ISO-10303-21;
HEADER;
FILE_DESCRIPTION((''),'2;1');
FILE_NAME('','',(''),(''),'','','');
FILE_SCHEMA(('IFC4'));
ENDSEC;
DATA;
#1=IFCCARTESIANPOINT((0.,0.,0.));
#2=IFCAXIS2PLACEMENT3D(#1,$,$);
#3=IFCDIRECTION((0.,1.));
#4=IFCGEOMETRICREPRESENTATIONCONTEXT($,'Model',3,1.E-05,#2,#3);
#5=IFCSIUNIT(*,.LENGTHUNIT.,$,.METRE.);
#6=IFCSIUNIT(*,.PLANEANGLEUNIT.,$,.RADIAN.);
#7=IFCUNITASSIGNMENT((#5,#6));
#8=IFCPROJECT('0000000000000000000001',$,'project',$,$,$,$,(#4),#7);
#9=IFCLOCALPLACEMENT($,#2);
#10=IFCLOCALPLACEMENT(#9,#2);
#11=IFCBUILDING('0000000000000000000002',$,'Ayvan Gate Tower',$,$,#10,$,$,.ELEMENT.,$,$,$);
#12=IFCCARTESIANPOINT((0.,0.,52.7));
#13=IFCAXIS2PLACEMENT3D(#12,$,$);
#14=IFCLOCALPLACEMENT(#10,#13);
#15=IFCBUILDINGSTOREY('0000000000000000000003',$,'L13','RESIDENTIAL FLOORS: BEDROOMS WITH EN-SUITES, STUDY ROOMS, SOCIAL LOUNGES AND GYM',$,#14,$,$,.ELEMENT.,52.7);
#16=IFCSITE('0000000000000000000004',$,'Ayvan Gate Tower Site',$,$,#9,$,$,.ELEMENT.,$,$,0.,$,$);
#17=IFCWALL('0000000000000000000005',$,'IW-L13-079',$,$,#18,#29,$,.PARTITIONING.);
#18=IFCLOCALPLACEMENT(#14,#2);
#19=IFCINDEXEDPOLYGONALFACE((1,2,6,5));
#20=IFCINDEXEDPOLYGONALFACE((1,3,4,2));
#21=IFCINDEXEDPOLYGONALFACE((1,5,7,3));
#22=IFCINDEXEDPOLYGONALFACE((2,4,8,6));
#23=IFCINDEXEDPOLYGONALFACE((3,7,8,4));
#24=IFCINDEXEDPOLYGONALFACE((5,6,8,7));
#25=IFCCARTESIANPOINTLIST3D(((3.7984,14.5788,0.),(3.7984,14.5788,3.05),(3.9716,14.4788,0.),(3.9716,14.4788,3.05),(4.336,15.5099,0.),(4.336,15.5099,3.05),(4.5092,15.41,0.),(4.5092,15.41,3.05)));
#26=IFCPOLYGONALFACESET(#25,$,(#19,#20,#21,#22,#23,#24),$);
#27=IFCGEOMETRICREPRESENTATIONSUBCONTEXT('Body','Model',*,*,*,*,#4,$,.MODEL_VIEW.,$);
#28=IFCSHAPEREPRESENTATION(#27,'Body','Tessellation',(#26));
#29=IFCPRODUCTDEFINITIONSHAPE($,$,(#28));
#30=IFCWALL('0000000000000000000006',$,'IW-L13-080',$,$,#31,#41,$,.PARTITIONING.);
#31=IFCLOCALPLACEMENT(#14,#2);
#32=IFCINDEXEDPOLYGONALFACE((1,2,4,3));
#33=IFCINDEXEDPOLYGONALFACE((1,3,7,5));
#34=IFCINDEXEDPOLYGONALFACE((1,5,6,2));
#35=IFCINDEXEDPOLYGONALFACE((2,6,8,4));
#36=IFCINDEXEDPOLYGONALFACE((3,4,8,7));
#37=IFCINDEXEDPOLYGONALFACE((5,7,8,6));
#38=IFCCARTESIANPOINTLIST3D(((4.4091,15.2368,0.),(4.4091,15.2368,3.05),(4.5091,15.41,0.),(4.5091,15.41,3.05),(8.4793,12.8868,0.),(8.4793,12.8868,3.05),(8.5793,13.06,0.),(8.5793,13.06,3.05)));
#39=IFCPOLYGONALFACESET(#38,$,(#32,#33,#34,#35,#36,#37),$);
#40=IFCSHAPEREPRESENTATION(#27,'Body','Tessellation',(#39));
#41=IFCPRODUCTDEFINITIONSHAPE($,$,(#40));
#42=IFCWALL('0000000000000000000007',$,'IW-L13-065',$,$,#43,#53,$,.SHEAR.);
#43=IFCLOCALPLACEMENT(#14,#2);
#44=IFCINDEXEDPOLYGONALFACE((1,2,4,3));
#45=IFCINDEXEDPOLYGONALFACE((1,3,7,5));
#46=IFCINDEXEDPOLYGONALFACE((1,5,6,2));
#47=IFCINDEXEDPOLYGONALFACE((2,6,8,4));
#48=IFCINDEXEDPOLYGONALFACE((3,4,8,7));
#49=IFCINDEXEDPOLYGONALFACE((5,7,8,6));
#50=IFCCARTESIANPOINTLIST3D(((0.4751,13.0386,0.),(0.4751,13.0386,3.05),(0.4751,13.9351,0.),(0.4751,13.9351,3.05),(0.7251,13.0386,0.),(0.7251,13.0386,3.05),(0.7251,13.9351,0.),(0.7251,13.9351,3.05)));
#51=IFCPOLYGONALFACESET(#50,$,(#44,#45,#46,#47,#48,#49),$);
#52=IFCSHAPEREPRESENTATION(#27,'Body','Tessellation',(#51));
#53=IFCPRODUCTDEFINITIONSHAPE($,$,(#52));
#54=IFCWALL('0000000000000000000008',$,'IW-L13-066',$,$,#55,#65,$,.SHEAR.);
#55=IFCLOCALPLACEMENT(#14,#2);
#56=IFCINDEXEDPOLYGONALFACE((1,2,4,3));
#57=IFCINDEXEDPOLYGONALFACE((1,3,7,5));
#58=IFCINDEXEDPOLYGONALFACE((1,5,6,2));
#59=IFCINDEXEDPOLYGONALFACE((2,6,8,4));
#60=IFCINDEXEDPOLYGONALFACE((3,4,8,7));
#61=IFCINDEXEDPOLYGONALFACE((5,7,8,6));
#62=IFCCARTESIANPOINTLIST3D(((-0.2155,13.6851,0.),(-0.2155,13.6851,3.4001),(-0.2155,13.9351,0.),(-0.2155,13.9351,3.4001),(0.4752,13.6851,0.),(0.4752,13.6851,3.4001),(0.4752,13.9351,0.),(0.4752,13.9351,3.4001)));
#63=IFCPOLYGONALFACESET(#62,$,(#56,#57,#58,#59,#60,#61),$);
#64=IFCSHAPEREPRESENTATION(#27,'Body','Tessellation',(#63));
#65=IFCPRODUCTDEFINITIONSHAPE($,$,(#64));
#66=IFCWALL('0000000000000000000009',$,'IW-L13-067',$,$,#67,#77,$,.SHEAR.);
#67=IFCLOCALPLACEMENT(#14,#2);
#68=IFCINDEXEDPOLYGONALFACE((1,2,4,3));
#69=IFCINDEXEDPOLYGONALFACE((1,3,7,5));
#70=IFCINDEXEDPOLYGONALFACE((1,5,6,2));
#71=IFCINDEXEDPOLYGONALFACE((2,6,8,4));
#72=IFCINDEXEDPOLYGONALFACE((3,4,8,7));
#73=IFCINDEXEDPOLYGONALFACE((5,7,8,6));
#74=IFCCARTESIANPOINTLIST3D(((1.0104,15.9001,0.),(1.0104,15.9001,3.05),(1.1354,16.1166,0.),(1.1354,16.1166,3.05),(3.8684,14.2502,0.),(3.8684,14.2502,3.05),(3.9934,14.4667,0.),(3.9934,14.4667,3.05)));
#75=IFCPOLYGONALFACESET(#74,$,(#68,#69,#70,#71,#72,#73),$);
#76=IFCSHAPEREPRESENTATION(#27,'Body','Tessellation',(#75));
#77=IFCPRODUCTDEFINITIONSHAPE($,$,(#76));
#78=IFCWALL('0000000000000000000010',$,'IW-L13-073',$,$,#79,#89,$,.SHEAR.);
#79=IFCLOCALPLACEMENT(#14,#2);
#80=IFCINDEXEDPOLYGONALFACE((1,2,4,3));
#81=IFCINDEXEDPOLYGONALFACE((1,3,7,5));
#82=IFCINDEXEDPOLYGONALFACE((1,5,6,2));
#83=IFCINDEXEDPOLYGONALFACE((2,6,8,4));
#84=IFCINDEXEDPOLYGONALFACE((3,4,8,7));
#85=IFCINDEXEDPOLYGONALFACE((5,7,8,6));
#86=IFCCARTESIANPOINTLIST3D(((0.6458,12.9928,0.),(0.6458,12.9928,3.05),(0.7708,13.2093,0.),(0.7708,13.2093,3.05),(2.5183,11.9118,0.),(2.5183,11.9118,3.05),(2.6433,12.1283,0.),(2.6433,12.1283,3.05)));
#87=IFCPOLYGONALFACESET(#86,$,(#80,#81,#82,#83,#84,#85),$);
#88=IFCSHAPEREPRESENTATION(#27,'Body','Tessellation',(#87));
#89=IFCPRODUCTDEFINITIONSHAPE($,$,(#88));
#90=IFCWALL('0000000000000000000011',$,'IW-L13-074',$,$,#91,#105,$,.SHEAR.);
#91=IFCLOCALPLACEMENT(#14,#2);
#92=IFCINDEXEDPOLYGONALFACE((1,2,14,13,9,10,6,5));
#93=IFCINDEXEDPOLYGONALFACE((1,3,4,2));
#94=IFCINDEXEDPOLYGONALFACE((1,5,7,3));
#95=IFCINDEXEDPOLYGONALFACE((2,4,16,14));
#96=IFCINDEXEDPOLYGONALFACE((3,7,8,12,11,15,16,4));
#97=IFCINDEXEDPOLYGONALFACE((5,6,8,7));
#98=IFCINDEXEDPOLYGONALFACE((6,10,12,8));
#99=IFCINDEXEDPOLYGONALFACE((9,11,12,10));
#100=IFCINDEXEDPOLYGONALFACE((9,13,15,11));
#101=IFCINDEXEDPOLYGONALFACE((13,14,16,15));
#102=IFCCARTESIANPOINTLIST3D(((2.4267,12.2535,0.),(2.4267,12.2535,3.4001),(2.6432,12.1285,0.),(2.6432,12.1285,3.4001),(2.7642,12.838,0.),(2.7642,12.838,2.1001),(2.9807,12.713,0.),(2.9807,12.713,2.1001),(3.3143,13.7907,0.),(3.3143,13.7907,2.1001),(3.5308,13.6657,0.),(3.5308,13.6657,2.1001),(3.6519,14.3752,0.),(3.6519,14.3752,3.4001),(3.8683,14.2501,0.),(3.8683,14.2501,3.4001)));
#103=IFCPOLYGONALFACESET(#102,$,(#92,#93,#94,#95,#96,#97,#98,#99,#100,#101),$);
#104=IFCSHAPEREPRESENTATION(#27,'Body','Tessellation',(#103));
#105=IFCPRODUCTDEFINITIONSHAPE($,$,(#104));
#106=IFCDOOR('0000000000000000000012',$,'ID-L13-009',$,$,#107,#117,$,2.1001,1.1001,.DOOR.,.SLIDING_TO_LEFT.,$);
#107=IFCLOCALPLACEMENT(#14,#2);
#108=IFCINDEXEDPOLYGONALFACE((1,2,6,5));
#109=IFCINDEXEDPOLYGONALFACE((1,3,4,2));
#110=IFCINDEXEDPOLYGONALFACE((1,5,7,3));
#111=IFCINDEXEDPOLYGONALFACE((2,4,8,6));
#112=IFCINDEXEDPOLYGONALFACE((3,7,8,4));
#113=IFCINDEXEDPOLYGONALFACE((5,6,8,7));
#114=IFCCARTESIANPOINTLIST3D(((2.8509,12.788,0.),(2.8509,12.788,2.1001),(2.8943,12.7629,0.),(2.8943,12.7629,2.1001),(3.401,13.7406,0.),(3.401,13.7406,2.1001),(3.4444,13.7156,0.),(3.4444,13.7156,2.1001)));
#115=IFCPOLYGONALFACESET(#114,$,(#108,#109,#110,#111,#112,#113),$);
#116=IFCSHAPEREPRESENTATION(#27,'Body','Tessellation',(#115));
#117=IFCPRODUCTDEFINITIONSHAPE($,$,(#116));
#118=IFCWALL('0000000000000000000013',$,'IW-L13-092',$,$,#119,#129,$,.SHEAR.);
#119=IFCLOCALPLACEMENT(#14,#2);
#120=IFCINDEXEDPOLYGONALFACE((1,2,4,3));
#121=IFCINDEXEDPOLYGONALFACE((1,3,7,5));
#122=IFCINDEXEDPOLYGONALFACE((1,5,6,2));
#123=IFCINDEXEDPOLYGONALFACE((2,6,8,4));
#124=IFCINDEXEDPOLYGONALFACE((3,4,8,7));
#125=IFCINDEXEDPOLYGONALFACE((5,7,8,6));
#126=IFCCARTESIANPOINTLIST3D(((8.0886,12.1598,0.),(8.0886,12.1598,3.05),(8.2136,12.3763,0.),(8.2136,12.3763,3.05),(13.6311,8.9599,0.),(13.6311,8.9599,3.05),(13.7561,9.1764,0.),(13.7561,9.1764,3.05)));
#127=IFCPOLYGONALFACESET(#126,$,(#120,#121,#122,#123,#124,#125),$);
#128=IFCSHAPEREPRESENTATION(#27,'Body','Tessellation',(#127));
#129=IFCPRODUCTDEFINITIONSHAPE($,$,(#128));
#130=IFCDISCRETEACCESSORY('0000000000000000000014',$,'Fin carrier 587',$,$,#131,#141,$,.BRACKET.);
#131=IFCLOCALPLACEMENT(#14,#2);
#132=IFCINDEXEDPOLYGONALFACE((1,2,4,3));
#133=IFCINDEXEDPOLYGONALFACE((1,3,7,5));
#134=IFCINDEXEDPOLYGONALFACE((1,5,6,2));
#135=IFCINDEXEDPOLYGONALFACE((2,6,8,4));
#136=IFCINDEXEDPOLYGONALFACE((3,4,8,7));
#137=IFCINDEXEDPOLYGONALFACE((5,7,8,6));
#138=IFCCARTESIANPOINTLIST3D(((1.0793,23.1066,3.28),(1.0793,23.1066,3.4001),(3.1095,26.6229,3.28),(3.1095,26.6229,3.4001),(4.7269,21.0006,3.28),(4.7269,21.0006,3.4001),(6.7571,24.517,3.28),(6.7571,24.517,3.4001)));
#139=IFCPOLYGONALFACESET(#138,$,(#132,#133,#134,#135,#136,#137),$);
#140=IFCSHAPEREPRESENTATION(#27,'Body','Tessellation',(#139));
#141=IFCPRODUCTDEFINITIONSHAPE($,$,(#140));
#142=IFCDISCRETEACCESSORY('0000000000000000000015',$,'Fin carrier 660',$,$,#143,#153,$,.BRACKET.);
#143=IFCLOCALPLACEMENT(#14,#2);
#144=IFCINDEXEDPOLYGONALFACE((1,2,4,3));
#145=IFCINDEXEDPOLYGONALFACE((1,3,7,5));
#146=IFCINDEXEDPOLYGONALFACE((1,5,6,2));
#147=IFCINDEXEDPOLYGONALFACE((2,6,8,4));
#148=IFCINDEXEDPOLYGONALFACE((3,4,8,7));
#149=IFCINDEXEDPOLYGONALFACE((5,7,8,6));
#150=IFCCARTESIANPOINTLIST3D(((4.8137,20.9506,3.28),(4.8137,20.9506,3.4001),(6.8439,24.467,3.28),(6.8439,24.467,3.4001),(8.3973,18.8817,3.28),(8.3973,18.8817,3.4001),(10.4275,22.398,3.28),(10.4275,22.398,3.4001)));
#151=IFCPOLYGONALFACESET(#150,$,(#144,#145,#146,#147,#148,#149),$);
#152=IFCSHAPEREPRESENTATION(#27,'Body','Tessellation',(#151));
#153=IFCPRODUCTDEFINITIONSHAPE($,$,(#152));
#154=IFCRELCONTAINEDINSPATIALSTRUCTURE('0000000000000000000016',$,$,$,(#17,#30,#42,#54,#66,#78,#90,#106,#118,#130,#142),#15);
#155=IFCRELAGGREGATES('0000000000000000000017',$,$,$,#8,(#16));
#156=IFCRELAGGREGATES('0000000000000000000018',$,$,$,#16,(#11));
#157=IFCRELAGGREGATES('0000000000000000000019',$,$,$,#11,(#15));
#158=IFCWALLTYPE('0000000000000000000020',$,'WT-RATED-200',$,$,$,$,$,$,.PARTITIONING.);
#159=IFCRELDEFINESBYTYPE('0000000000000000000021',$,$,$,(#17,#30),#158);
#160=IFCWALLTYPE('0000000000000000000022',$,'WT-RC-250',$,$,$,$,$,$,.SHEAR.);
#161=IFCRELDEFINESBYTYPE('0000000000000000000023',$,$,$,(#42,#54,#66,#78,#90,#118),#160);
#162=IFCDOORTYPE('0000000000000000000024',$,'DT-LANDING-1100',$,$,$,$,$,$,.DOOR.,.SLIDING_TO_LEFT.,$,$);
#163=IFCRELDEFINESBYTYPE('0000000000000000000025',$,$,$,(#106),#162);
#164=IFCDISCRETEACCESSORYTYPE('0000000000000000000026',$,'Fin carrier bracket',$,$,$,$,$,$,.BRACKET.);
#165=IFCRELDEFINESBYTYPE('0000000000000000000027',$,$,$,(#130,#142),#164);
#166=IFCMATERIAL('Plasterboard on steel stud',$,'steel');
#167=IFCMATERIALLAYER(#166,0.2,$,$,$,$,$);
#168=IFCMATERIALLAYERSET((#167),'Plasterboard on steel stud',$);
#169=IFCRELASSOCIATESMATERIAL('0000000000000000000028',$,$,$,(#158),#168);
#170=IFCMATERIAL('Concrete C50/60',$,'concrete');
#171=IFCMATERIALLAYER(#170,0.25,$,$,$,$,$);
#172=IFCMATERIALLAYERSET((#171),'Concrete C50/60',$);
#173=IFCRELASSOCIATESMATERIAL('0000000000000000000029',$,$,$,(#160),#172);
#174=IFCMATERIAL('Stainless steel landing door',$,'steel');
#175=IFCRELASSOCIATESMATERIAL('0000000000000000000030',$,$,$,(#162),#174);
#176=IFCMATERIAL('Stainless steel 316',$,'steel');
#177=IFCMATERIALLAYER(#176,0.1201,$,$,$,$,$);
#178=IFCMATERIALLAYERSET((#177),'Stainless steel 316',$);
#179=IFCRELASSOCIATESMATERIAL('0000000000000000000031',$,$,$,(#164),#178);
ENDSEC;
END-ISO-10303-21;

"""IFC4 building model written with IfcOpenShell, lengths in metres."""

from ifc_helpers import new_model, si_unit, direction, frame, frame_2d, origin, origin_2d, place, context, subcontext, project, spatial, rectangle, extrude, material, layer, layer_set, type_object, element, fill, save


model = new_model("IFC4")

# Units and contexts
model_context = context("Model", 3, precision=1e-05, world=origin(), true_north=direction((0.0, 1.0)))
body_context = subcontext(model_context, "Body", "Model", "MODEL_VIEW")
ifc_project = project(units=[si_unit("LENGTHUNIT", "METRE"), si_unit("PLANEANGLEUNIT", "RADIAN")], contexts=[model_context])

# Site, building, storey
site_placement = place(None, origin())
site = spatial("IfcSite", under=ifc_project, at=site_placement, Name="Ayvan Gate Tower Site", CompositionType="ELEMENT", RefElevation=0.0)
building_placement = place(site_placement, origin())
building = spatial("IfcBuilding", under=site, at=building_placement, Name="Ayvan Gate Tower", CompositionType="ELEMENT")
storey_placement = place(building_placement, frame((0.0, 0.0, 52.7)))
storey = spatial("IfcBuildingStorey", under=building, at=storey_placement, Name="L13", Description="RESIDENTIAL FLOORS: BEDROOMS WITH EN-SUITES, STUDY ROOMS, SOCIAL LOUNGES AND GYM", CompositionType="ELEMENT", Elevation=52.7)

# Walls
ifc_material_1 = material(Name="Plasterboard on steel stud", Category="steel")
ifc_layer_1 = layer(ifc_material_1, 0.2)
ifc_layer_set_1 = layer_set([ifc_layer_1], Name="Plasterboard on steel stud")
wall_type_1 = type_object("IfcWallType", Name="WT-RATED-200", PredefinedType="PARTITIONING", material=ifc_layer_set_1)
wall_1_placement = place(storey_placement, frame((3.885, 14.5288, 0.0), z_axis=(0.0, 0.0, 1.0), x_axis=(0.499998, 0.866027, 0.0)))
element("IfcWall", 1, at=wall_1_placement, inside=storey, type_object=wall_type_1, Name="IW-L13-079", PredefinedType="PARTITIONING", context=body_context, shape_type="SweptSolid", body=[
    extrude(rectangle(XDim=1.0752, YDim=0.2, at=frame_2d((0.5376, 0.0))), origin(), (0.0, 0.0, 1.0), 3.05),
])
wall_2_placement = place(storey_placement, frame((4.459, 15.3235, 0.0), z_axis=(0.0, 0.0, 1.0), x_axis=(0.866016, -0.500016, 0.0)))
element("IfcWall", 2, at=wall_2_placement, inside=storey, type_object=wall_type_1, Name="IW-L13-080", PredefinedType="PARTITIONING", context=body_context, shape_type="SweptSolid", body=[
    extrude(rectangle(XDim=4.7, YDim=0.2, at=frame_2d((2.3501, 0.0))), origin(), (0.0, 0.0, 1.0), 3.05),
])
ifc_material_2 = material(Name="Concrete C50/60", Category="concrete")
ifc_layer_2 = layer(ifc_material_2, 0.25)
ifc_layer_set_2 = layer_set([ifc_layer_2], Name="Concrete C50/60")
wall_type_2 = type_object("IfcWallType", Name="WT-RC-250", PredefinedType="SHEAR", material=ifc_layer_set_2)
wall_3_placement = place(storey_placement, frame((0.6001, 13.0386, 0.0), z_axis=(0.0, 0.0, 1.0), x_axis=(0.0, 1.0, 0.0)))
element("IfcWall", 3, at=wall_3_placement, inside=storey, type_object=wall_type_2, Name="IW-L13-065", PredefinedType="SHEAR", context=body_context, shape_type="SweptSolid", body=[
    extrude(rectangle(XDim=0.8965, YDim=0.25, at=frame_2d((0.4482, 0.0))), origin(), (0.0, 0.0, 1.0), 3.05),
])
wall_4_placement = place(storey_placement, frame((0.4751, 13.8101, 0.0), z_axis=(0.0, 0.0, 1.0), x_axis=(-1.0, 0.0, 0.0)))
element("IfcWall", 4, at=wall_4_placement, inside=storey, type_object=wall_type_2, Name="IW-L13-066", PredefinedType="SHEAR", context=body_context, shape_type="SweptSolid", body=[
    extrude(rectangle(XDim=0.6907, YDim=0.25, at=frame_2d((0.3452, 0.0))), origin(), (0.0, 0.0, 1.0), 3.4001),
])
wall_5_placement = place(storey_placement, frame((1.073, 16.0083, 0.0), z_axis=(0.0, 0.0, 1.0), x_axis=(0.86604, -0.499974, 0.0)))
element("IfcWall", 5, at=wall_5_placement, inside=storey, type_object=wall_type_2, Name="IW-L13-067", PredefinedType="SHEAR", context=body_context, shape_type="SweptSolid", body=[
    extrude(rectangle(XDim=3.3, YDim=0.25, at=frame_2d((1.6499, 0.0))), origin(), (0.0, 0.0, 1.0), 3.05),
])
wall_6_placement = place(storey_placement, frame((2.5808, 12.02, 0.0), z_axis=(0.0, 0.0, 1.0), x_axis=(-0.866039, 0.499977, 0.0)))
element("IfcWall", 6, at=wall_6_placement, inside=storey, type_object=wall_type_2, Name="IW-L13-073", PredefinedType="SHEAR", context=body_context, shape_type="SweptSolid", body=[
    extrude(rectangle(XDim=2.1621, YDim=0.25, at=frame_2d((1.0811, 0.0))), origin(), (0.0, 0.0, 1.0), 3.05),
])

# Wall, opening, door
wall_7_placement = place(storey_placement, frame((2.5349, 12.1909, 0.0), z_axis=(0.0, 0.0, 1.0), x_axis=(0.500062, 0.86599, 0.0)))
wall_7 = element("IfcWall", 7, at=wall_7_placement, inside=storey, type_object=wall_type_2, Name="IW-L13-074", PredefinedType="SHEAR", context=body_context, shape_type="SweptSolid", body=[
    extrude(rectangle(XDim=2.45, YDim=0.25, at=frame_2d((1.2251, 0.0))), origin(), (0.0, 0.0, 1.0), 3.4001),
])
opening_placement = place(wall_7_placement, frame((0.675, 0.0, 0.0)))
opening = element("IfcOpeningElement", 8, at=opening_placement, cuts=wall_7, PredefinedType="OPENING", context=body_context, shape_type="SweptSolid", body=[
    extrude(rectangle(XDim=1.1001, YDim=2.1001, at=frame_2d((0.55, 1.05))), frame((0.0, 0.135, 0.0), z_axis=(0.0, -1.0, 0.0), x_axis=(1.0, 0.0, 0.0)), (0.0, 0.0, 1.0), 0.27),
])
ifc_material_3 = material(Name="Stainless steel landing door", Category="steel")
door_type = type_object("IfcDoorType", Name="DT-LANDING-1100", OperationType="SLIDING_TO_LEFT", PredefinedType="DOOR", material=ifc_material_3)
door_placement = place(opening_placement, origin())
door = element("IfcDoor", 9, at=door_placement, inside=storey, type_object=door_type, Name="ID-L13-009", OperationType="SLIDING_TO_LEFT", OverallHeight=2.1001, OverallWidth=1.1001, PredefinedType="DOOR", context=body_context, shape_type="SweptSolid", body=[
    extrude(rectangle(XDim=1.1001, YDim=2.1001, at=frame_2d((0.55, 1.05))), frame((0.0, 0.0249, 0.0), z_axis=(0.0, -1.0, 0.0), x_axis=(1.0, 0.0, 0.0)), (0.0, 0.0, 1.0), 0.05),
])
fill(opening, door)

# Wall
wall_8_placement = place(storey_placement, frame((8.1511, 12.2681, 0.0), z_axis=(0.0, 0.0, 1.0), x_axis=(0.866025, -0.5, 0.0)))
element("IfcWall", 10, at=wall_8_placement, inside=storey, type_object=wall_type_2, Name="IW-L13-092", PredefinedType="SHEAR", context=body_context, shape_type="SweptSolid", body=[
    extrude(rectangle(XDim=6.3999, YDim=0.25, at=frame_2d((3.2, 0.0))), origin(), (0.0, 0.0, 1.0), 3.05),
])

# Discrete accessories
ifc_material_4 = material(Name="Stainless steel 316", Category="steel")
ifc_layer_3 = layer(ifc_material_4, 0.1201)
ifc_layer_set_3 = layer_set([ifc_layer_3], Name="Stainless steel 316")
discrete_accessory_type = type_object("IfcDiscreteAccessoryType", Name="Fin carrier bracket", PredefinedType="BRACKET", material=ifc_layer_set_3)
discrete_accessory_1_placement = place(storey_placement, frame((3.9182, 23.8118, 3.28), z_axis=(0.0, 0.0, 1.0), x_axis=(-0.866025, 0.5, 0.0)))
element("IfcDiscreteAccessory", 11, at=discrete_accessory_1_placement, inside=storey, type_object=discrete_accessory_type, Name="Fin carrier 587", PredefinedType="BRACKET", context=body_context, shape_type="SweptSolid", body=[
    extrude(rectangle(XDim=4.2119, YDim=4.0603, at=origin_2d()), origin(), (0.0, 0.0, 1.0), 0.1201),
])
discrete_accessory_2_placement = place(storey_placement, frame((7.6206, 21.6743, 3.28), z_axis=(0.0, 0.0, 1.0), x_axis=(-0.866025, 0.5, 0.0)))
element("IfcDiscreteAccessory", 12, at=discrete_accessory_2_placement, inside=storey, type_object=discrete_accessory_type, Name="Fin carrier 660", PredefinedType="BRACKET", context=body_context, shape_type="SweptSolid", body=[
    extrude(rectangle(XDim=4.1379, YDim=4.0603, at=origin_2d()), origin(), (0.0, 0.0, 1.0), 0.1201),
])

save(model, "model.ifc")
